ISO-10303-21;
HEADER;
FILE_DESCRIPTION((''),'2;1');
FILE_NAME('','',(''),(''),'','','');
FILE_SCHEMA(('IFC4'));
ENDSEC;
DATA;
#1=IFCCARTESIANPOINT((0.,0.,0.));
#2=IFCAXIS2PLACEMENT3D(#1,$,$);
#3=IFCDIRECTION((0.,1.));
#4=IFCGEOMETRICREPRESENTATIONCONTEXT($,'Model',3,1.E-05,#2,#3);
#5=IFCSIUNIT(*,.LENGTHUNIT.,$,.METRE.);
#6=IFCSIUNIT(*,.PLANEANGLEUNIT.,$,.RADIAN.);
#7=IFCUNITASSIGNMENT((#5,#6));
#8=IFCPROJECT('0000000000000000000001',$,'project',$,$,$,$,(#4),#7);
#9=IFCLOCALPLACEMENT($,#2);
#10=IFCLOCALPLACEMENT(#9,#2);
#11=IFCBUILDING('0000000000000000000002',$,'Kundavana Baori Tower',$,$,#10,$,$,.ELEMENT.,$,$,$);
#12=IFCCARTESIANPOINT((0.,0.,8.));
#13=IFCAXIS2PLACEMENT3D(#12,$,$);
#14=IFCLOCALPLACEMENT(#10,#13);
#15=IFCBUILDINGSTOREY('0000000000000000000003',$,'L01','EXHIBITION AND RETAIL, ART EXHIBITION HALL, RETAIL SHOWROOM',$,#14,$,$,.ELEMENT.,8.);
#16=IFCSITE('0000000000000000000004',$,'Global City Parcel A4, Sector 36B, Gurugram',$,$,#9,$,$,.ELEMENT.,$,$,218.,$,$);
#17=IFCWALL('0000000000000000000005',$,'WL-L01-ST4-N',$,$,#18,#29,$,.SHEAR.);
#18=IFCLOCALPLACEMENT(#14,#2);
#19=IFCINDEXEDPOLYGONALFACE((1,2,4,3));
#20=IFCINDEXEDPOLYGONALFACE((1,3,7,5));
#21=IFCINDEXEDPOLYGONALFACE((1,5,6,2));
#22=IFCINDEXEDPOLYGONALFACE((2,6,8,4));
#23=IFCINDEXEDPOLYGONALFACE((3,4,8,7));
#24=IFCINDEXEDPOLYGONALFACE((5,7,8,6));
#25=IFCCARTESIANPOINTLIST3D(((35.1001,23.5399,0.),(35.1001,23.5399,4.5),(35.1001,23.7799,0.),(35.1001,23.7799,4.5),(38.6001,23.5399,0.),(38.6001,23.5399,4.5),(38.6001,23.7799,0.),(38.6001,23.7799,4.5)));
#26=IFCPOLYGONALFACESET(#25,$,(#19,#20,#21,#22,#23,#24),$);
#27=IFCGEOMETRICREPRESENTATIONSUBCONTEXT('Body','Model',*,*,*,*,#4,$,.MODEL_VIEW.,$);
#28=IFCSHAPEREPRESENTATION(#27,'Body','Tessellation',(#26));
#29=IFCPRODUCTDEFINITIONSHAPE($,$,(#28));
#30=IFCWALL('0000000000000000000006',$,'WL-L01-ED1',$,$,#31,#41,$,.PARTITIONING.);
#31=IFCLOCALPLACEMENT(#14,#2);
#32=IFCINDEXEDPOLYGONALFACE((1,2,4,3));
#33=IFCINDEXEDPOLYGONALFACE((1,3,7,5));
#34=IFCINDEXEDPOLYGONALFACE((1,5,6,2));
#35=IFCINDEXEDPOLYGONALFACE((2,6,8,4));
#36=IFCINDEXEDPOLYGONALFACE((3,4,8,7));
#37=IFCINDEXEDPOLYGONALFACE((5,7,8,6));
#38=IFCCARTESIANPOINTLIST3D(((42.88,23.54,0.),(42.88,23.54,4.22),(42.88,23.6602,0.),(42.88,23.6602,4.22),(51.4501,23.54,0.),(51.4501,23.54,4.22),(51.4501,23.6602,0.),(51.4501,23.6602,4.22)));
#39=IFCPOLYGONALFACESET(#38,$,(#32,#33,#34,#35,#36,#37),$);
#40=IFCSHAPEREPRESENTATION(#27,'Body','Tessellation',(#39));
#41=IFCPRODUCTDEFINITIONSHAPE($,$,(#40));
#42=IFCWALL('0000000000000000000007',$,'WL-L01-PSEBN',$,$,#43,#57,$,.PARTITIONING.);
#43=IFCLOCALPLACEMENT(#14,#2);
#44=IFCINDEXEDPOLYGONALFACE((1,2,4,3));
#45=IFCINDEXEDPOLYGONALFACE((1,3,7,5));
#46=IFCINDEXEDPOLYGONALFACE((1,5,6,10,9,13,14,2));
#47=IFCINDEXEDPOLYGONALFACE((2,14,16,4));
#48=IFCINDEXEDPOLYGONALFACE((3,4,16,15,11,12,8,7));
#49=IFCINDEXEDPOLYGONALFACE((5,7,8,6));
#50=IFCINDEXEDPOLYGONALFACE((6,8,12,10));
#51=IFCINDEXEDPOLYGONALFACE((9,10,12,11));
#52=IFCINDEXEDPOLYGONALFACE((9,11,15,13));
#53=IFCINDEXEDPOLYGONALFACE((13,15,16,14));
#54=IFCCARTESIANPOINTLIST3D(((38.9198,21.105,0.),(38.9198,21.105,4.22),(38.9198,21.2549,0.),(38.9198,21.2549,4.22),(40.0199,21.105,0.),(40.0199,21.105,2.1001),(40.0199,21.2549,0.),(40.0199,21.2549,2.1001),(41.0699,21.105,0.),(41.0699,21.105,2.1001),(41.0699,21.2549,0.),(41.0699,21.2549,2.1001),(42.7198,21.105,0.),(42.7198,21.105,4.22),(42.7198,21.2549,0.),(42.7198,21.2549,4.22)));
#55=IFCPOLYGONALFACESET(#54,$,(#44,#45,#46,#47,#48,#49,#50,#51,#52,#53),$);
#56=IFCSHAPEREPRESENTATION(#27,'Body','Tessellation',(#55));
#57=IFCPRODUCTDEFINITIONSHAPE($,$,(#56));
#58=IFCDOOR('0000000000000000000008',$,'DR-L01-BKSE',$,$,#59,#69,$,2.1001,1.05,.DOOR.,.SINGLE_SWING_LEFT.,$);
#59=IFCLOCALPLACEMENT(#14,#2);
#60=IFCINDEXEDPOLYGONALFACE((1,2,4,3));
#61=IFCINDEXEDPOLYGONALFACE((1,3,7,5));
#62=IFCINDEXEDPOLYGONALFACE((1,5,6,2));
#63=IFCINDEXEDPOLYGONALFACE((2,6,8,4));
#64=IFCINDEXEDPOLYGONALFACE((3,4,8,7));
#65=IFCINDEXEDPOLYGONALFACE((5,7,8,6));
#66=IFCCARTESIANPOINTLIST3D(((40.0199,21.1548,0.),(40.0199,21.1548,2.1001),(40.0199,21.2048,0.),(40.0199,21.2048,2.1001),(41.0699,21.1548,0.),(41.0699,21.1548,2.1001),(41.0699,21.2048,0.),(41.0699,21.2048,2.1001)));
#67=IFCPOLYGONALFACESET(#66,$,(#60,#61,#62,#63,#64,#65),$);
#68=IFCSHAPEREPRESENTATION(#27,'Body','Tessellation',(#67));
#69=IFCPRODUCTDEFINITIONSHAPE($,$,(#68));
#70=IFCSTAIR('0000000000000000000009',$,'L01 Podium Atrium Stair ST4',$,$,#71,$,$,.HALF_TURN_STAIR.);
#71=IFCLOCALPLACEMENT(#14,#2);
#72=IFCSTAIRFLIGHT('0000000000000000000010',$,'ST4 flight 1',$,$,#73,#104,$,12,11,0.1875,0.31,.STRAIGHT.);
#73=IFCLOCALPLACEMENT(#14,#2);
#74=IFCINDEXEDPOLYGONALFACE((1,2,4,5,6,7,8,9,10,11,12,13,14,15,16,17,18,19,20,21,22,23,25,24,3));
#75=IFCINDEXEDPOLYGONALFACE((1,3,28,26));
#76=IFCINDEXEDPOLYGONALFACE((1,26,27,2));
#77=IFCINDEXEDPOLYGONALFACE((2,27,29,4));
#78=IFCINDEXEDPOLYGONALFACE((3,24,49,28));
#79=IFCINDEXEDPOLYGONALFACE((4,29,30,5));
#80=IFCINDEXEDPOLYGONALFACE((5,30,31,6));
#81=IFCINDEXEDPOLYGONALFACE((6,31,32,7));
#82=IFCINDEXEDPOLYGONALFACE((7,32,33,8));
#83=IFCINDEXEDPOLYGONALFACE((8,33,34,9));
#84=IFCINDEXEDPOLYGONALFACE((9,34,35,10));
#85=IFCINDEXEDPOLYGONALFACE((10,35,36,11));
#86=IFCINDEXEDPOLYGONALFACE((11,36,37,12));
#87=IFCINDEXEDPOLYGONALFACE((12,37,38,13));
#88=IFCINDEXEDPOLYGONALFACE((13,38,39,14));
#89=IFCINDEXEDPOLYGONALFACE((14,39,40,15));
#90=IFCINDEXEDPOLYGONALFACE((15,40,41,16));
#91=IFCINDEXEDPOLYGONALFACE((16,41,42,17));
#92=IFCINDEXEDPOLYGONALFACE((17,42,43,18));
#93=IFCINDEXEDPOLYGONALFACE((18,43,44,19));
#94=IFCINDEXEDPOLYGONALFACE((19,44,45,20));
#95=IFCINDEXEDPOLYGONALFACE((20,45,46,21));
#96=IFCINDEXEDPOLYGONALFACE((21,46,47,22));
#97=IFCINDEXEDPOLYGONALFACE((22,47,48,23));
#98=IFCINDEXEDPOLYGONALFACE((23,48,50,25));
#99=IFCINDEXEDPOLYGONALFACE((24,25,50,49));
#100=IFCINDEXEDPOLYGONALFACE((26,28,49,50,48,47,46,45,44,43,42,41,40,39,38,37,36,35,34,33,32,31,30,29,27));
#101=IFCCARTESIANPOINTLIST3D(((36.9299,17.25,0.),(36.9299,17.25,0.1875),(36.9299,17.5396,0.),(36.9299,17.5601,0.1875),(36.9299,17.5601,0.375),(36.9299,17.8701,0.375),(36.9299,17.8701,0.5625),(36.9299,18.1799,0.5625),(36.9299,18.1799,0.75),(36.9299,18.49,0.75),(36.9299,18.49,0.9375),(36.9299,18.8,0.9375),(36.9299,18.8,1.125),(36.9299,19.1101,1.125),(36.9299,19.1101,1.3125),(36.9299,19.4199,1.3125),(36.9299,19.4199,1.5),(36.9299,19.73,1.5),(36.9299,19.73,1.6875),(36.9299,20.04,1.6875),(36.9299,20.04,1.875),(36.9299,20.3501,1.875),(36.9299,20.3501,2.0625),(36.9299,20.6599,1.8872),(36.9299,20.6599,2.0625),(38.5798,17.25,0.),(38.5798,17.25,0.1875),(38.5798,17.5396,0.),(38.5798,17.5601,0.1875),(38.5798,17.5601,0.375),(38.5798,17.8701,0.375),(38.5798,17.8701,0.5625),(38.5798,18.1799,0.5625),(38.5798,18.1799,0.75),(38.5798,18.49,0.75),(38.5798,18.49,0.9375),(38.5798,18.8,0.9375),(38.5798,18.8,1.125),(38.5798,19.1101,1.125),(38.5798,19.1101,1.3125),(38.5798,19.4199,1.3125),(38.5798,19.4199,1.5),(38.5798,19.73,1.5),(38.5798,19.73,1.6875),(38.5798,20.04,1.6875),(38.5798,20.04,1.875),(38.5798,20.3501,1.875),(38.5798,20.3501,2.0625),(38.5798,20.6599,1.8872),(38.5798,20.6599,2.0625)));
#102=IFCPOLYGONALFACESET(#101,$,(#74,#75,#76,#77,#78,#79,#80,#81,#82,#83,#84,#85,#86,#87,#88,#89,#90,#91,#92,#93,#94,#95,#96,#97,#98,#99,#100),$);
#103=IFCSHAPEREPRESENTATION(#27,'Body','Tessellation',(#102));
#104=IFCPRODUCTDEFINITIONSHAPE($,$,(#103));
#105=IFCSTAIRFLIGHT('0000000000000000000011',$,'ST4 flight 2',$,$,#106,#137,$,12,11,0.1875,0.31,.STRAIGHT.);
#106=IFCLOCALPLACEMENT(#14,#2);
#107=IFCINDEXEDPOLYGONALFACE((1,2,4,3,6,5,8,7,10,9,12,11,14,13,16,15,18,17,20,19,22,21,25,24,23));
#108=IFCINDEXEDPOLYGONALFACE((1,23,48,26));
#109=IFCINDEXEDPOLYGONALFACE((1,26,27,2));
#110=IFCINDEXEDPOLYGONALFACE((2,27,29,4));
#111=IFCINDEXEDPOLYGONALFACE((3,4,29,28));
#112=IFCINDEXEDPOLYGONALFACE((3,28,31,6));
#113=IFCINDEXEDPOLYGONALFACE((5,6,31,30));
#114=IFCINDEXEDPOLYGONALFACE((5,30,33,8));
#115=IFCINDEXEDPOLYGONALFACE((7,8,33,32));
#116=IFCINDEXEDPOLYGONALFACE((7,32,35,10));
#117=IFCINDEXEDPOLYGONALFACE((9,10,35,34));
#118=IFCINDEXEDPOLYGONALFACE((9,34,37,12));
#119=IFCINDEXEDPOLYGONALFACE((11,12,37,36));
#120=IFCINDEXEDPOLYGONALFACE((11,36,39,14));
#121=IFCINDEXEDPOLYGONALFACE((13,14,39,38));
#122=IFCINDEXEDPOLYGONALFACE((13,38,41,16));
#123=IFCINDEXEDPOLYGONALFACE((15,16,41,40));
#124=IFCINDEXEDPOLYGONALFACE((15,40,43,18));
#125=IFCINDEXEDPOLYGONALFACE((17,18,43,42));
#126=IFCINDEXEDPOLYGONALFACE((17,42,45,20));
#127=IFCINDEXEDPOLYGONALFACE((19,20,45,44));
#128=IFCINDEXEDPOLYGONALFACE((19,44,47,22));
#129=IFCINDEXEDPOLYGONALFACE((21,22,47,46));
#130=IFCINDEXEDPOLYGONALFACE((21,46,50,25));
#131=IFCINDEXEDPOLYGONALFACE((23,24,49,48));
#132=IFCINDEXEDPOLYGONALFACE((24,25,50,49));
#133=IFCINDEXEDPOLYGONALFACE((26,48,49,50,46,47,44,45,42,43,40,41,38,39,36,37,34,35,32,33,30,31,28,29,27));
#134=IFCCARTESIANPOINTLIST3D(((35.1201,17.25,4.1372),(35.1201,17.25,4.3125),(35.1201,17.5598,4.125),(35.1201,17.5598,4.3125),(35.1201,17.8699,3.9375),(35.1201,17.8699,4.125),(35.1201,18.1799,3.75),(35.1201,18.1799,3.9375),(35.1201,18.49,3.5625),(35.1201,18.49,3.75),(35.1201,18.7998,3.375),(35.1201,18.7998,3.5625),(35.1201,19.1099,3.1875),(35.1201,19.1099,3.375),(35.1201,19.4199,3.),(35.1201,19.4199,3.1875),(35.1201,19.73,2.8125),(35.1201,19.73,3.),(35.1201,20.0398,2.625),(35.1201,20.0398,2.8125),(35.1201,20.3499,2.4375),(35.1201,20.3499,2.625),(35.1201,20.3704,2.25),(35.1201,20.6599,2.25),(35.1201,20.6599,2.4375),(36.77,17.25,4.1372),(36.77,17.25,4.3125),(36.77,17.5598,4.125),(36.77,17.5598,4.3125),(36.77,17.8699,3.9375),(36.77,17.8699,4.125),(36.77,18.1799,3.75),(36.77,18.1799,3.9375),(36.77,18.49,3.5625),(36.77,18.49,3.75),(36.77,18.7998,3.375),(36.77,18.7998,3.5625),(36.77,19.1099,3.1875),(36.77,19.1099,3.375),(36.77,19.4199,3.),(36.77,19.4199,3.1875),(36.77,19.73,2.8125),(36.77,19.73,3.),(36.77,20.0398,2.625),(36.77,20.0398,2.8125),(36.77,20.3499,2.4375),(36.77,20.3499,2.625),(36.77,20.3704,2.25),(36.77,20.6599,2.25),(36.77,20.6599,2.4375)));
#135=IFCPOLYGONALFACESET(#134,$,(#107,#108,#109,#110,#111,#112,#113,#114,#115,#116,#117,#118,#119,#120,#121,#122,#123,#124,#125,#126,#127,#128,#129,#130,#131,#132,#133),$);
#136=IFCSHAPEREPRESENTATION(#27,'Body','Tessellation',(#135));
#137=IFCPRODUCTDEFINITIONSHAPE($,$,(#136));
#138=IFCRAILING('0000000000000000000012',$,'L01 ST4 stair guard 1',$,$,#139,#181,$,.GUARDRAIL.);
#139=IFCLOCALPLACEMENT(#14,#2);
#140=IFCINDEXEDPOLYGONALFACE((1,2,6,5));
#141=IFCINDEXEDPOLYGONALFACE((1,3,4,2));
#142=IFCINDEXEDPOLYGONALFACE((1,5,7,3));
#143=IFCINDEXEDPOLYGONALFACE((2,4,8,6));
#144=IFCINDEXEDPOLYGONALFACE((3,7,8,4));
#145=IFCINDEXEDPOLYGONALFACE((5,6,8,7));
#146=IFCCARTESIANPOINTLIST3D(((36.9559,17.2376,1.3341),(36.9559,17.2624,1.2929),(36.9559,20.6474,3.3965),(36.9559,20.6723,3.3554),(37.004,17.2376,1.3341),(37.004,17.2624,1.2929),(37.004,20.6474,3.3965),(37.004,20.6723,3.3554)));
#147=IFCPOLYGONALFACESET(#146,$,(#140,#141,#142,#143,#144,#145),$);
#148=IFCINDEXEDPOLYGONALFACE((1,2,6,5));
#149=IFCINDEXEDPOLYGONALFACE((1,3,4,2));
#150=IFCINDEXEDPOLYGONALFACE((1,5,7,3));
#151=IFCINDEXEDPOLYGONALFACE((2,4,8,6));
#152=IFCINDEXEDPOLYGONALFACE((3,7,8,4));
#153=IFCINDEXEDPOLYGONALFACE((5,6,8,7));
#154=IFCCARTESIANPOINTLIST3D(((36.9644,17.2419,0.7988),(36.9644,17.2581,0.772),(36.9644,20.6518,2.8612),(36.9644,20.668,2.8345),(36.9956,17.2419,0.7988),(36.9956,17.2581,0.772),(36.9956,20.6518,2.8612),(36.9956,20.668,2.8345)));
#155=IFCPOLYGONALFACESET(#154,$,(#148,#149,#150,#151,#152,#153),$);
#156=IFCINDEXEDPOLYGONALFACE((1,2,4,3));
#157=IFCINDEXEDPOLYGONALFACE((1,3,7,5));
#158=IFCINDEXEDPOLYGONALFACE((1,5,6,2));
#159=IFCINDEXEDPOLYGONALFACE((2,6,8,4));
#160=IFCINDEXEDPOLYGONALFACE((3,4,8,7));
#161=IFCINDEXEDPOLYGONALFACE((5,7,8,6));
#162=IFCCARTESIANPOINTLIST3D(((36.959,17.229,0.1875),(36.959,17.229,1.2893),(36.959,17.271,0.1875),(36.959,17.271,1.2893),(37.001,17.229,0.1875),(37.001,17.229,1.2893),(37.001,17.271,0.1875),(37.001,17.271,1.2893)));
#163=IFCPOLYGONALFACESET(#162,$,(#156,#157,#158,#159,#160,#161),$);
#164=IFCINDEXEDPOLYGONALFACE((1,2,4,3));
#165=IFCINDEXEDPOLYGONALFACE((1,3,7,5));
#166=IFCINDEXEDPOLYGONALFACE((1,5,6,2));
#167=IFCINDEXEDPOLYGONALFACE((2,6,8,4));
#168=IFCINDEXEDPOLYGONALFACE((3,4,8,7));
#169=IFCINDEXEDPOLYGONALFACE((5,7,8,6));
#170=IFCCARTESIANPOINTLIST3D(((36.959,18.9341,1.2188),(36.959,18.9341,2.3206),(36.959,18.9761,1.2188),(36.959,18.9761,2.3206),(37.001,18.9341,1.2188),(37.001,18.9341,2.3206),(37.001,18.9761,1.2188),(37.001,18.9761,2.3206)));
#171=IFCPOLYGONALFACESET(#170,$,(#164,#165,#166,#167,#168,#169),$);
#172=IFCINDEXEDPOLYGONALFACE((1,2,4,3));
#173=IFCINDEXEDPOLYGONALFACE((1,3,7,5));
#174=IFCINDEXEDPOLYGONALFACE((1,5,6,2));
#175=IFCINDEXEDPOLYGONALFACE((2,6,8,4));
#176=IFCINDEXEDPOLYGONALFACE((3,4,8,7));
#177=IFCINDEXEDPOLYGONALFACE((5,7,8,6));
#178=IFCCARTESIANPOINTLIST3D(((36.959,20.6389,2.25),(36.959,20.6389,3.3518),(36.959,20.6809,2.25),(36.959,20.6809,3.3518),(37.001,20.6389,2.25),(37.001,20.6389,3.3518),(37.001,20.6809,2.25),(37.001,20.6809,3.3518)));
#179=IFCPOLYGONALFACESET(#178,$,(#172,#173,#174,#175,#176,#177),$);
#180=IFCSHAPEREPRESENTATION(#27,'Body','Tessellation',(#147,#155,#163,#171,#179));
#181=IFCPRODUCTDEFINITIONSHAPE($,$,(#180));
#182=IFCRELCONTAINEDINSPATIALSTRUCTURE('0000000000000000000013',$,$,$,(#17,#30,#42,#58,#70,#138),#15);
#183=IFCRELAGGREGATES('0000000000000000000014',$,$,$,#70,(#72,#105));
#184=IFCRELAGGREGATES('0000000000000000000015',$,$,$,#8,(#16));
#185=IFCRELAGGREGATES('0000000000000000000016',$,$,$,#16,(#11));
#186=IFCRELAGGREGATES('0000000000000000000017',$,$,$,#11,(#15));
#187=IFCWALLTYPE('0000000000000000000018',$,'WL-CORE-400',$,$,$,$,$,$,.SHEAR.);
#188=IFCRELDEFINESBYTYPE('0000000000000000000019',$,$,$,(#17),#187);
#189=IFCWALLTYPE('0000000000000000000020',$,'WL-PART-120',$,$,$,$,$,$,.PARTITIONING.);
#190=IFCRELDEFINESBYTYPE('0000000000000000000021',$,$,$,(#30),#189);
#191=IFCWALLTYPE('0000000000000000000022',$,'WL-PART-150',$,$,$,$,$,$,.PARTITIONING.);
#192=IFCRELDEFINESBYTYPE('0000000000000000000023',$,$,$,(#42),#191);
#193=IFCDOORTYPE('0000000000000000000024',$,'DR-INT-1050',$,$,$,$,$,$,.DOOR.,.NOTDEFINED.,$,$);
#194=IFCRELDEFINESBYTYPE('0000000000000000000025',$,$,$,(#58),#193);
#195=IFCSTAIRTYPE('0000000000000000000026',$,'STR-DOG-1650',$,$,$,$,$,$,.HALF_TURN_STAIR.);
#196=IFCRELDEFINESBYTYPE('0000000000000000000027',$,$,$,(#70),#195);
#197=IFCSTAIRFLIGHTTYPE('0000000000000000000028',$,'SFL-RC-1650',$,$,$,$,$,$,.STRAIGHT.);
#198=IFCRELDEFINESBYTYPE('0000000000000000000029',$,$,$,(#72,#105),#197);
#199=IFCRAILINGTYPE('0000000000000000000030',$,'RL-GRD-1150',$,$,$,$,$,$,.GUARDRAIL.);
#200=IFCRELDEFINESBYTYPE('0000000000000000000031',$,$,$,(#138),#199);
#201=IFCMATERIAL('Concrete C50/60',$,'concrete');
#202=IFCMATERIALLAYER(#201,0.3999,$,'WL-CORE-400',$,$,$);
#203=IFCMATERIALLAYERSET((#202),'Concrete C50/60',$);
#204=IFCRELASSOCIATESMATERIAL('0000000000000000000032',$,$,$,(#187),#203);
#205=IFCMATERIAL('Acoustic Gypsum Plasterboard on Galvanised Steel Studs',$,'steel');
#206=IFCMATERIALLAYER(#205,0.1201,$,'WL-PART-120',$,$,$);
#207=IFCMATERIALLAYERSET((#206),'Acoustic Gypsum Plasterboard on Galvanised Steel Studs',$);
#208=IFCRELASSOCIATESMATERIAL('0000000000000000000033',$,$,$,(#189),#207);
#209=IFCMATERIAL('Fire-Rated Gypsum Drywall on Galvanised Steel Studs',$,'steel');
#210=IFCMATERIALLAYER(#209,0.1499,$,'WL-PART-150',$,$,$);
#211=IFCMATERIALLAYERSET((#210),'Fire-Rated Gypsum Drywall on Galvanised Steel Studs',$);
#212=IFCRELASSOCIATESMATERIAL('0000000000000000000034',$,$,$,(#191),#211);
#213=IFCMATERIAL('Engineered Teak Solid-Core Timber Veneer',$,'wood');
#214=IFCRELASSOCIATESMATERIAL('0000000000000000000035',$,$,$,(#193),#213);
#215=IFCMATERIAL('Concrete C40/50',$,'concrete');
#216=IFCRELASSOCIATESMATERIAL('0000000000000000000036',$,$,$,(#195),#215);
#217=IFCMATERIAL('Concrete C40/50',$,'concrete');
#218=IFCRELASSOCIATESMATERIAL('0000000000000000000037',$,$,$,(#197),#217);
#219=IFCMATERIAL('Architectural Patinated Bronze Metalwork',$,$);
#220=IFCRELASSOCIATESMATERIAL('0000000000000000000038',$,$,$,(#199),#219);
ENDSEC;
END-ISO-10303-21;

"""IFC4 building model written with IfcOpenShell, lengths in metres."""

from ifc_helpers import new_model, si_unit, direction, frame, frame_2d, origin, origin_2d, place, context, subcontext, project, spatial, polyline, rectangle, outline, extrude, material, layer, layer_set, type_object, element, fill, aggregate, save


model = new_model("IFC4")

# Units and contexts
model_context = context("Model", 3, precision=1e-05, world=origin(), true_north=direction((0.0, 1.0)))
body_context = subcontext(model_context, "Body", "Model", "MODEL_VIEW")
ifc_project = project(units=[si_unit("LENGTHUNIT", "METRE"), si_unit("PLANEANGLEUNIT", "RADIAN")], contexts=[model_context])

# Site, building, storey
site_placement = place(None, origin())
site = spatial("IfcSite", under=ifc_project, at=site_placement, Name="Global City Parcel A4, Sector 36B, Gurugram", CompositionType="ELEMENT", RefElevation=218.0)
building_placement = place(site_placement, origin())
building = spatial("IfcBuilding", under=site, at=building_placement, Name="Kundavana Baori Tower", CompositionType="ELEMENT")
storey_placement = place(building_placement, frame((0.0, 0.0, 8.0)))
storey = spatial("IfcBuildingStorey", under=building, at=storey_placement, Name="L01", Description="EXHIBITION AND RETAIL, ART EXHIBITION HALL, RETAIL SHOWROOM", CompositionType="ELEMENT", Elevation=8.0)

# Walls
ifc_material_1 = material(Name="Concrete C50/60", Category="concrete")
ifc_layer_1 = layer(ifc_material_1, 0.3999, Name="WL-CORE-400")
ifc_layer_set_1 = layer_set([ifc_layer_1], Name="Concrete C50/60")
wall_type_1 = type_object("IfcWallType", Name="WL-CORE-400", PredefinedType="SHEAR", material=ifc_layer_set_1)
wall_1_placement = place(storey_placement, frame((35.1001, 23.6599, 0.0), z_axis=(0.0, 0.0, 1.0), x_axis=(1.0, 0.0, 0.0)))
element("IfcWall", 1, at=wall_1_placement, inside=storey, type_object=wall_type_1, Name="WL-L01-ST4-N", PredefinedType="SHEAR", context=body_context, shape_type="SweptSolid", body=[
    extrude(rectangle(XDim=3.5, YDim=0.24, at=frame_2d((1.75, 0.0))), origin(), (0.0, 0.0, 1.0), 4.5),
])
ifc_material_2 = material(Name="Acoustic Gypsum Plasterboard on Galvanised Steel Studs", Category="steel")
ifc_layer_2 = layer(ifc_material_2, 0.1201, Name="WL-PART-120")
ifc_layer_set_2 = layer_set([ifc_layer_2], Name="Acoustic Gypsum Plasterboard on Galvanised Steel Studs")
wall_type_2 = type_object("IfcWallType", Name="WL-PART-120", PredefinedType="PARTITIONING", material=ifc_layer_set_2)
wall_2_placement = place(storey_placement, frame((42.8799, 23.6001, 0.0), z_axis=(0.0, 0.0, 1.0), x_axis=(1.0, 0.0, 0.0)))
element("IfcWall", 2, at=wall_2_placement, inside=storey, type_object=wall_type_2, Name="WL-L01-ED1", PredefinedType="PARTITIONING", context=body_context, shape_type="SweptSolid", body=[
    extrude(rectangle(XDim=8.5701, YDim=0.1201, at=frame_2d((4.2852, 0.0))), origin(), (0.0, 0.0, 1.0), 4.22),
])

# Wall, opening, door
ifc_material_3 = material(Name="Fire-Rated Gypsum Drywall on Galvanised Steel Studs", Category="steel")
ifc_layer_3 = layer(ifc_material_3, 0.1499, Name="WL-PART-150")
ifc_layer_set_3 = layer_set([ifc_layer_3], Name="Fire-Rated Gypsum Drywall on Galvanised Steel Studs")
wall_type_3 = type_object("IfcWallType", Name="WL-PART-150", PredefinedType="PARTITIONING", material=ifc_layer_set_3)
wall_3_placement = place(storey_placement, frame((38.9199, 21.1799, 0.0), z_axis=(0.0, 0.0, 1.0), x_axis=(1.0, 0.0, 0.0)))
wall_3 = element("IfcWall", 3, at=wall_3_placement, inside=storey, type_object=wall_type_3, Name="WL-L01-PSEBN", PredefinedType="PARTITIONING", context=body_context, shape_type="SweptSolid", body=[
    extrude(rectangle(XDim=3.8, YDim=0.1499, at=frame_2d((1.8999, 0.0))), origin(), (0.0, 0.0, 1.0), 4.22),
])
opening_placement = place(wall_3_placement, frame((1.1001, 0.0, 0.0)))
opening = element("IfcOpeningElement", 4, at=opening_placement, cuts=wall_3, PredefinedType="OPENING", context=body_context, shape_type="SweptSolid", body=[
    extrude(rectangle(XDim=1.05, YDim=2.1001, at=frame_2d((0.5249, 1.05))), frame((0.0, 0.085, 0.0), z_axis=(0.0, -1.0, 0.0), x_axis=(1.0, 0.0, 0.0)), (0.0, 0.0, 1.0), 0.1699),
])
ifc_material_4 = material(Name="Engineered Teak Solid-Core Timber Veneer", Category="wood")
door_type = type_object("IfcDoorType", Name="DR-INT-1050", OperationType="NOTDEFINED", PredefinedType="DOOR", material=ifc_material_4)
door_placement = place(opening_placement, origin())
door = element("IfcDoor", 5, at=door_placement, inside=storey, type_object=door_type, Name="DR-L01-BKSE", OperationType="SINGLE_SWING_LEFT", OverallHeight=2.1001, OverallWidth=1.05, PredefinedType="DOOR", context=body_context, shape_type="SweptSolid", body=[
    extrude(rectangle(XDim=1.05, YDim=2.1001, at=frame_2d((0.5249, 1.05))), frame((0.0, 0.0249, 0.0), z_axis=(0.0, -1.0, 0.0), x_axis=(1.0, 0.0, 0.0)), (0.0, 0.0, 1.0), 0.05),
])
fill(opening, door)

# Stair, stair flights
ifc_material_5 = material(Name="Concrete C40/50", Category="concrete")
stair_type = type_object("IfcStairType", Name="STR-DOG-1650", PredefinedType="HALF_TURN_STAIR", material=ifc_material_5)
stair_placement = place(storey_placement, origin())
stair = element("IfcStair", 6, at=stair_placement, inside=storey, type_object=stair_type, Name="L01 Podium Atrium Stair ST4", PredefinedType="HALF_TURN_STAIR")
ifc_material_6 = material(Name="Concrete C40/50", Category="concrete")
stair_flight_type = type_object("IfcStairFlightType", Name="SFL-RC-1650", PredefinedType="STRAIGHT", material=ifc_material_6)
stair_flight_1_placement = place(storey_placement, frame((37.7549, 17.25, 0.0), z_axis=(0.0, 0.0, 1.0), x_axis=(0.0, 1.0, 0.0)))
stair_flight_1 = element("IfcStairFlight", 7, at=stair_flight_1_placement, type_object=stair_flight_type, Name="ST4 flight 1", NumberOfRisers=12, NumberOfTreads=11, PredefinedType="STRAIGHT", RiserHeight=0.1875, TreadLength=0.31, context=body_context, shape_type="SweptSolid", body=[
    extrude(outline(polyline([(0.0, 0.0), (0.0, 0.1875), (0.3101, 0.1875), (0.3101, 0.375), (0.6201, 0.375), (0.6201, 0.5625), (0.9299, 0.5625), (0.9299, 0.75), (1.24, 0.75), (1.24, 0.9375), (1.55, 0.9375), (1.55, 1.125), (1.8601, 1.125), (1.8601, 1.3125), (2.1699, 1.3125), (2.1699, 1.5), (2.48, 1.5), (2.48, 1.6875), (2.79, 1.6875), (2.79, 1.875), (3.1001, 1.875), (3.1001, 2.0625), (3.4099, 2.0625), (3.4099, 2.25), (3.4099, 1.8872), (0.2896, 0.0), (0.0, 0.0)])), frame((0.0, 0.825, 0.0), z_axis=(0.0, -1.0, 0.0), x_axis=(1.0, 0.0, 0.0)), (0.0, 0.0, 1.0), 1.6499),
])
stair_flight_2_placement = place(storey_placement, frame((35.9451, 20.6599, 2.25), z_axis=(0.0, 0.0, 1.0), x_axis=(0.0, -1.0, 0.0)))
stair_flight_2 = element("IfcStairFlight", 8, at=stair_flight_2_placement, type_object=stair_flight_type, Name="ST4 flight 2", NumberOfRisers=12, NumberOfTreads=11, PredefinedType="STRAIGHT", RiserHeight=0.1875, TreadLength=0.31, context=body_context, shape_type="SweptSolid", body=[
    extrude(outline(polyline([(0.0, 0.0), (0.0, 0.1875), (0.3101, 0.1875), (0.3101, 0.375), (0.6201, 0.375), (0.6201, 0.5625), (0.9299, 0.5625), (0.9299, 0.75), (1.24, 0.75), (1.24, 0.9375), (1.55, 0.9375), (1.55, 1.125), (1.8601, 1.125), (1.8601, 1.3125), (2.1699, 1.3125), (2.1699, 1.5), (2.48, 1.5), (2.48, 1.6875), (2.79, 1.6875), (2.79, 1.875), (3.1001, 1.875), (3.1001, 2.0625), (3.4099, 2.0625), (3.4099, 2.25), (3.4099, 1.8872), (0.2896, 0.0), (0.0, 0.0)])), frame((0.0, 0.825, 0.0), z_axis=(0.0, -1.0, 0.0), x_axis=(1.0, 0.0, 0.0)), (0.0, 0.0, 1.0), 1.6499),
])
aggregate(stair, [stair_flight_1, stair_flight_2])

# Railing
ifc_material_7 = material(Name="Architectural Patinated Bronze Metalwork")
railing_type_1 = type_object("IfcRailingType", Name="RL-GRD-1150", PredefinedType="GUARDRAIL", material=ifc_material_7)
railing_1_placement = place(storey_placement, frame((36.98, 17.25, 0.1875)))
element("IfcRailing", 9, at=railing_1_placement, inside=storey, type_object=railing_type_1, Name="L01 ST4 stair guard 1", PredefinedType="GUARDRAIL", context=body_context, shape_type="SweptSolid", body=[
    extrude(rectangle(XDim=0.0481, YDim=0.0481, at=origin_2d()), frame((0.0, 0.0, 1.126), z_axis=(0.0, 0.855655, 0.517547), x_axis=(-1.0, 0.0, 0.0)), (0.0, 0.0, 1.0), 3.9851),
    extrude(rectangle(XDim=0.0312, YDim=0.0312, at=origin_2d()), frame((0.0, 0.0, 0.5979), z_axis=(0.0, 0.855655, 0.517547), x_axis=(-1.0, 0.0, 0.0)), (0.0, 0.0, 1.0), 3.9851),
    extrude(rectangle(XDim=0.042, YDim=0.042, at=origin_2d()), origin(), (0.0, 0.0, 1.0), 1.1018),
    extrude(rectangle(XDim=0.042, YDim=0.042, at=origin_2d()), frame((0.0, 1.7051, 1.0312)), (0.0, 0.0, 1.0), 1.1018),
    extrude(rectangle(XDim=0.042, YDim=0.042, at=origin_2d()), frame((0.0, 3.4099, 2.0625)), (0.0, 0.0, 1.0), 1.1018),
])

save(model, "model.ifc")
